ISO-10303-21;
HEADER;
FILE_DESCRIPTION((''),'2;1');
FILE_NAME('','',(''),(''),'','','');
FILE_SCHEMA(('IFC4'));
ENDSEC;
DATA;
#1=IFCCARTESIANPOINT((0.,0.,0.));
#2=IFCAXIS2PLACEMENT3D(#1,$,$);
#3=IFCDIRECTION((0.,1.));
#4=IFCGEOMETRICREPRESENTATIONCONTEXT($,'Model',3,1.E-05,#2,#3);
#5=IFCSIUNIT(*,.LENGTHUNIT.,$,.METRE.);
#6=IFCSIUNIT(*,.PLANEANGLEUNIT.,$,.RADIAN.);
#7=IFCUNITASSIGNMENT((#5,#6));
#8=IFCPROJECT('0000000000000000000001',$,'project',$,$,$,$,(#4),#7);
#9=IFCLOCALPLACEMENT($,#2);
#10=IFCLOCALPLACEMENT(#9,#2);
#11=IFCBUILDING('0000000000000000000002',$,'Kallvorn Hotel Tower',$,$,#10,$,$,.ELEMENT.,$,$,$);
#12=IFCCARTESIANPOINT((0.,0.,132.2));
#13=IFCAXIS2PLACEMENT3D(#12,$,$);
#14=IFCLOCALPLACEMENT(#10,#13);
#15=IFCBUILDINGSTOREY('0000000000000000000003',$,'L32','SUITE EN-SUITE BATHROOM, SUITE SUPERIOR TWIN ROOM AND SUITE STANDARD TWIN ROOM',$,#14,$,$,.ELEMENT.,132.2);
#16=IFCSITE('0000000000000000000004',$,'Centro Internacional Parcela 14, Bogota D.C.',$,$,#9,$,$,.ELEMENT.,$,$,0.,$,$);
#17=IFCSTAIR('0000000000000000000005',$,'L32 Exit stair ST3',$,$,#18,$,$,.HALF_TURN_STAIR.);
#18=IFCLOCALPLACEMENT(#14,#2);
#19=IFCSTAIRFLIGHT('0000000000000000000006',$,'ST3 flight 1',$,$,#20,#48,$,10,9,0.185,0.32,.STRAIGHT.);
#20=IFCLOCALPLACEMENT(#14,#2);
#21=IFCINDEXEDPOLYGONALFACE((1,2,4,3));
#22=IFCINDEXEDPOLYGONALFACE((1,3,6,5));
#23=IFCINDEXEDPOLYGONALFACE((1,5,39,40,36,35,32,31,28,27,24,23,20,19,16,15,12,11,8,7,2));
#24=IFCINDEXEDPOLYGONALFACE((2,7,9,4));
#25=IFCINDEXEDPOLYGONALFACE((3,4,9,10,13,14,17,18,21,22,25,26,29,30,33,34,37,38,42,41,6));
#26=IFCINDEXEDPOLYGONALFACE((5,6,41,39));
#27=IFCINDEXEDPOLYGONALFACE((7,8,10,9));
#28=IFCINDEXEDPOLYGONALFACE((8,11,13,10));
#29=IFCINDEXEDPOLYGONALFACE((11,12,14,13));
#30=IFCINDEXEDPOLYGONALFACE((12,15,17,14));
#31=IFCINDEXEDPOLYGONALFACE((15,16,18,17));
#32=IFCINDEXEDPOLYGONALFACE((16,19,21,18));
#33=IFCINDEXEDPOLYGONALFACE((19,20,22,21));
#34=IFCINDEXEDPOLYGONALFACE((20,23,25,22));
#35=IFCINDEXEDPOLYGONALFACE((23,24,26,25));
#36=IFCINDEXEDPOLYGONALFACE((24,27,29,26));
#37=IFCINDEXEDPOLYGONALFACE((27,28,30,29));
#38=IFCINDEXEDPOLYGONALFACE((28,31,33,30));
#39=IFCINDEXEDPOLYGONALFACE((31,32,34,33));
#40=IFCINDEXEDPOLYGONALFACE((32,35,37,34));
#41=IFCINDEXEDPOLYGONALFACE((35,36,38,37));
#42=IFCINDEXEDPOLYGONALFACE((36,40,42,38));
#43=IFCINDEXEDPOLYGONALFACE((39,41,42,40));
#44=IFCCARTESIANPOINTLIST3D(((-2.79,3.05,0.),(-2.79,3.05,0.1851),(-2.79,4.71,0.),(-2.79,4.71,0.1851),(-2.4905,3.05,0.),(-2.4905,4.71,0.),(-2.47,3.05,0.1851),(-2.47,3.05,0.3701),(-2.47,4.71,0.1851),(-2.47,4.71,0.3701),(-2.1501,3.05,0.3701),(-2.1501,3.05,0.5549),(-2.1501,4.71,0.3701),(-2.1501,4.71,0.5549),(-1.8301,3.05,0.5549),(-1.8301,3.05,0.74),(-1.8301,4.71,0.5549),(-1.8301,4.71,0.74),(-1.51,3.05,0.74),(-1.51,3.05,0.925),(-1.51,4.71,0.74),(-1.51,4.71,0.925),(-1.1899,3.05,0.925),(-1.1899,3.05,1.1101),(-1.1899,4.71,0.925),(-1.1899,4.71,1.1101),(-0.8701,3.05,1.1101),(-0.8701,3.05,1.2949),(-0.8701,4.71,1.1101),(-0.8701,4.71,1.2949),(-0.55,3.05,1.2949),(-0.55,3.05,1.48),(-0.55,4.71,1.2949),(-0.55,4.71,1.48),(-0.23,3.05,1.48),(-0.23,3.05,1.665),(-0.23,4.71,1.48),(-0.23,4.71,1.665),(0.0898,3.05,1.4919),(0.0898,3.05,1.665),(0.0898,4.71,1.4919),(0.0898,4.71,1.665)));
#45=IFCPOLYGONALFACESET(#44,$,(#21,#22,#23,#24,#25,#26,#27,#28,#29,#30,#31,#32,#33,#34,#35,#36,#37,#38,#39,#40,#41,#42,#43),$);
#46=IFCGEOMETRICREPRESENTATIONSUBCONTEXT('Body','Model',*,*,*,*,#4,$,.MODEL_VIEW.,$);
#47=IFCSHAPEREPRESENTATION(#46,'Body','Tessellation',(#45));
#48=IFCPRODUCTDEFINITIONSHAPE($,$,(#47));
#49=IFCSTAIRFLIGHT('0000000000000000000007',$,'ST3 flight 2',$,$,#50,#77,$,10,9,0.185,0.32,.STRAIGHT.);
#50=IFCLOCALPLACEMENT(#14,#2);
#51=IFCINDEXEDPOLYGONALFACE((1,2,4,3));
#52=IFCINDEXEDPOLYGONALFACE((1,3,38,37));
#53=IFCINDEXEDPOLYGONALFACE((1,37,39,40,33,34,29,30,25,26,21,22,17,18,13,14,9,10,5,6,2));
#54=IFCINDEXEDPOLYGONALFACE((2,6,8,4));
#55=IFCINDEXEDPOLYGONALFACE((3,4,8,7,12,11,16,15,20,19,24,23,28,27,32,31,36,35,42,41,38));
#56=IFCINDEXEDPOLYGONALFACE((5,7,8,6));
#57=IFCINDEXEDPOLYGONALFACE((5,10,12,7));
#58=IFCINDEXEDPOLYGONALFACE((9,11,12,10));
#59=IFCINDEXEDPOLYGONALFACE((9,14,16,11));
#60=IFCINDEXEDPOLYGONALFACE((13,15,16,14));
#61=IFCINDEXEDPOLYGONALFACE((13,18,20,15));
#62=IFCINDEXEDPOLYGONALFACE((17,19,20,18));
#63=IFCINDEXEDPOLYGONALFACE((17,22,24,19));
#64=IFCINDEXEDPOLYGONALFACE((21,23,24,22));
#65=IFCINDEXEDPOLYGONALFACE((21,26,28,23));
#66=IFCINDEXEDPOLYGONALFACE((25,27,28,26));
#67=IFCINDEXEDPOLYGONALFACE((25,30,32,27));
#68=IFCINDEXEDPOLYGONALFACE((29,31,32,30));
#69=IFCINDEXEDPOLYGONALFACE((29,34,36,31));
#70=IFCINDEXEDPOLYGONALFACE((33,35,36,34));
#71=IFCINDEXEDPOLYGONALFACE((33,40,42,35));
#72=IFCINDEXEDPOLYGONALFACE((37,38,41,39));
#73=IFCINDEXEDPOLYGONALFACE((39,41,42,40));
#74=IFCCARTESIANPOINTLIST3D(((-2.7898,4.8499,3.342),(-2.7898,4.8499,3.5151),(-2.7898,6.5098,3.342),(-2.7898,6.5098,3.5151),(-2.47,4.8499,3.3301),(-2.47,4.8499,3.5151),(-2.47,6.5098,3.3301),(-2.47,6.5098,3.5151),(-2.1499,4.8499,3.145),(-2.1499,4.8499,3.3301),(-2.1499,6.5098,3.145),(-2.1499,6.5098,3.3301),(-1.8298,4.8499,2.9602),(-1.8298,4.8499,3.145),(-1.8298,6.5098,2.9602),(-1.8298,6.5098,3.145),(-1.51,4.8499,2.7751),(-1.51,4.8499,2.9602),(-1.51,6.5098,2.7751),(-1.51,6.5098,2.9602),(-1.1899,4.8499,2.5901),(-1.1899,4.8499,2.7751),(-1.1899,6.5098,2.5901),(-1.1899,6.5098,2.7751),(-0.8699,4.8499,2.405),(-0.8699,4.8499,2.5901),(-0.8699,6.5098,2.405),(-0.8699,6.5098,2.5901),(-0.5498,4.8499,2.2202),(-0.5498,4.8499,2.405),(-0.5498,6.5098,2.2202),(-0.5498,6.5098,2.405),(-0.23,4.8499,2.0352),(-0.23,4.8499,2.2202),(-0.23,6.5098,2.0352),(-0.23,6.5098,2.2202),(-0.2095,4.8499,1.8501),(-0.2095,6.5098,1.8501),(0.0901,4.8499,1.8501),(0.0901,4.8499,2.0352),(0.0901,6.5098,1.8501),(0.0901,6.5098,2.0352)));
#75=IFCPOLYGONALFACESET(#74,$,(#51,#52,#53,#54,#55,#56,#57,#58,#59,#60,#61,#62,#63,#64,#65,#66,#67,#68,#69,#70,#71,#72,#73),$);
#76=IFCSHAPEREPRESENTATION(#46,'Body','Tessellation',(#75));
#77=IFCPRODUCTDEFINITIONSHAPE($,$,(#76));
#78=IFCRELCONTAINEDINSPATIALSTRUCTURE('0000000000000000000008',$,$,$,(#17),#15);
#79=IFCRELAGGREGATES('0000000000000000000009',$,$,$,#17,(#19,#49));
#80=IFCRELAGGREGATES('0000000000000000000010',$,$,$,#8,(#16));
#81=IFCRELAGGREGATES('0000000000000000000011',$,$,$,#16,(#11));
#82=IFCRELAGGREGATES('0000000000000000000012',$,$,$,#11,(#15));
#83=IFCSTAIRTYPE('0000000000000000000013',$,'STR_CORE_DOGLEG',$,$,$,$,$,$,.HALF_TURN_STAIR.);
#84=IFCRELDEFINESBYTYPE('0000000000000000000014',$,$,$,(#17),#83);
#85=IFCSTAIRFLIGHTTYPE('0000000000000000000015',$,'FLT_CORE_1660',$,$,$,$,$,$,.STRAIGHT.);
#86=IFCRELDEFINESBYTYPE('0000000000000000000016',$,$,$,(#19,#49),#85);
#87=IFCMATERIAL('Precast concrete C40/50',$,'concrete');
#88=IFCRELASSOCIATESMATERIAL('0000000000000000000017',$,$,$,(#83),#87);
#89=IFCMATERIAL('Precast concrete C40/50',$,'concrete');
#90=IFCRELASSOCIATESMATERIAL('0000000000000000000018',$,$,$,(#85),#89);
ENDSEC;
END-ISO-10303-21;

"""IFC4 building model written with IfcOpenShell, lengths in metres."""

from ifc_helpers import new_model, si_unit, direction, frame, origin, place, context, subcontext, project, spatial, polyline, outline, extrude, material, type_object, element, aggregate, save


model = new_model("IFC4")

# Units and contexts
model_context = context("Model", 3, precision=1e-05, world=origin(), true_north=direction((0.0, 1.0)))
body_context = subcontext(model_context, "Body", "Model", "MODEL_VIEW")
ifc_project = project(units=[si_unit("LENGTHUNIT", "METRE"), si_unit("PLANEANGLEUNIT", "RADIAN")], contexts=[model_context])

# Site, building, storey
site_placement = place(None, origin())
site = spatial("IfcSite", under=ifc_project, at=site_placement, Name="Centro Internacional Parcela 14, Bogota D.C.", CompositionType="ELEMENT", RefElevation=0.0)
building_placement = place(site_placement, origin())
building = spatial("IfcBuilding", under=site, at=building_placement, Name="Kallvorn Hotel Tower", CompositionType="ELEMENT")
storey_placement = place(building_placement, frame((0.0, 0.0, 132.2)))
storey = spatial("IfcBuildingStorey", under=building, at=storey_placement, Name="L32", Description="SUITE EN-SUITE BATHROOM, SUITE SUPERIOR TWIN ROOM AND SUITE STANDARD TWIN ROOM", CompositionType="ELEMENT", Elevation=132.2)

# Stair, stair flights
ifc_material_1 = material(Name="Precast concrete C40/50", Category="concrete")
stair_type = type_object("IfcStairType", Name="STR_CORE_DOGLEG", PredefinedType="HALF_TURN_STAIR", material=ifc_material_1)
stair_placement = place(storey_placement, origin())
stair = element("IfcStair", 1, at=stair_placement, inside=storey, type_object=stair_type, Name="L32 Exit stair ST3", PredefinedType="HALF_TURN_STAIR")
ifc_material_2 = material(Name="Precast concrete C40/50", Category="concrete")
stair_flight_type = type_object("IfcStairFlightType", Name="FLT_CORE_1660", PredefinedType="STRAIGHT", material=ifc_material_2)
stair_flight_1_placement = place(storey_placement, frame((-2.79, 3.8799, 0.0), z_axis=(0.0, 0.0, 1.0), x_axis=(1.0, 0.0, 0.0)))
stair_flight_1 = element("IfcStairFlight", 2, at=stair_flight_1_placement, type_object=stair_flight_type, Name="ST3 flight 1", NumberOfRisers=10, NumberOfTreads=9, PredefinedType="STRAIGHT", RiserHeight=0.185, TreadLength=0.32, context=body_context, shape_type="SweptSolid", body=[
    extrude(outline(polyline([(0.0, 0.0), (0.0, 0.1851), (0.3201, 0.1851), (0.3201, 0.3701), (0.6399, 0.3701), (0.6399, 0.5549), (0.96, 0.5549), (0.96, 0.74), (1.28, 0.74), (1.28, 0.925), (1.6001, 0.925), (1.6001, 1.1101), (1.9199, 1.1101), (1.9199, 1.2949), (2.24, 1.2949), (2.24, 1.48), (2.5601, 1.48), (2.5601, 1.665), (2.8799, 1.665), (2.8799, 1.8501), (2.8799, 1.4919), (0.2996, 0.0), (0.0, 0.0)])), frame((0.0, 0.8301, 0.0), z_axis=(0.0, -1.0, 0.0), x_axis=(1.0, 0.0, 0.0)), (0.0, 0.0, 1.0), 1.6599),
])
stair_flight_2_placement = place(storey_placement, frame((0.0901, 5.6799, 1.8501), z_axis=(0.0, 0.0, 1.0), x_axis=(-1.0, 0.0, 0.0)))
stair_flight_2 = element("IfcStairFlight", 3, at=stair_flight_2_placement, type_object=stair_flight_type, Name="ST3 flight 2", NumberOfRisers=10, NumberOfTreads=9, PredefinedType="STRAIGHT", RiserHeight=0.185, TreadLength=0.32, context=body_context, shape_type="SweptSolid", body=[
    extrude(outline(polyline([(0.0, 0.0), (0.0, 0.1851), (0.3201, 0.1851), (0.3201, 0.3701), (0.6399, 0.3701), (0.6399, 0.5549), (0.96, 0.5549), (0.96, 0.74), (1.28, 0.74), (1.28, 0.925), (1.6001, 0.925), (1.6001, 1.1101), (1.9199, 1.1101), (1.9199, 1.2949), (2.24, 1.2949), (2.24, 1.48), (2.5601, 1.48), (2.5601, 1.665), (2.8799, 1.665), (2.8799, 1.8501), (2.8799, 1.4919), (0.2996, 0.0), (0.0, 0.0)])), frame((0.0, 0.8301, 0.0), z_axis=(0.0, -1.0, 0.0), x_axis=(1.0, 0.0, 0.0)), (0.0, 0.0, 1.0), 1.6599),
])
aggregate(stair, [stair_flight_1, stair_flight_2])

save(model, "model.ifc")
